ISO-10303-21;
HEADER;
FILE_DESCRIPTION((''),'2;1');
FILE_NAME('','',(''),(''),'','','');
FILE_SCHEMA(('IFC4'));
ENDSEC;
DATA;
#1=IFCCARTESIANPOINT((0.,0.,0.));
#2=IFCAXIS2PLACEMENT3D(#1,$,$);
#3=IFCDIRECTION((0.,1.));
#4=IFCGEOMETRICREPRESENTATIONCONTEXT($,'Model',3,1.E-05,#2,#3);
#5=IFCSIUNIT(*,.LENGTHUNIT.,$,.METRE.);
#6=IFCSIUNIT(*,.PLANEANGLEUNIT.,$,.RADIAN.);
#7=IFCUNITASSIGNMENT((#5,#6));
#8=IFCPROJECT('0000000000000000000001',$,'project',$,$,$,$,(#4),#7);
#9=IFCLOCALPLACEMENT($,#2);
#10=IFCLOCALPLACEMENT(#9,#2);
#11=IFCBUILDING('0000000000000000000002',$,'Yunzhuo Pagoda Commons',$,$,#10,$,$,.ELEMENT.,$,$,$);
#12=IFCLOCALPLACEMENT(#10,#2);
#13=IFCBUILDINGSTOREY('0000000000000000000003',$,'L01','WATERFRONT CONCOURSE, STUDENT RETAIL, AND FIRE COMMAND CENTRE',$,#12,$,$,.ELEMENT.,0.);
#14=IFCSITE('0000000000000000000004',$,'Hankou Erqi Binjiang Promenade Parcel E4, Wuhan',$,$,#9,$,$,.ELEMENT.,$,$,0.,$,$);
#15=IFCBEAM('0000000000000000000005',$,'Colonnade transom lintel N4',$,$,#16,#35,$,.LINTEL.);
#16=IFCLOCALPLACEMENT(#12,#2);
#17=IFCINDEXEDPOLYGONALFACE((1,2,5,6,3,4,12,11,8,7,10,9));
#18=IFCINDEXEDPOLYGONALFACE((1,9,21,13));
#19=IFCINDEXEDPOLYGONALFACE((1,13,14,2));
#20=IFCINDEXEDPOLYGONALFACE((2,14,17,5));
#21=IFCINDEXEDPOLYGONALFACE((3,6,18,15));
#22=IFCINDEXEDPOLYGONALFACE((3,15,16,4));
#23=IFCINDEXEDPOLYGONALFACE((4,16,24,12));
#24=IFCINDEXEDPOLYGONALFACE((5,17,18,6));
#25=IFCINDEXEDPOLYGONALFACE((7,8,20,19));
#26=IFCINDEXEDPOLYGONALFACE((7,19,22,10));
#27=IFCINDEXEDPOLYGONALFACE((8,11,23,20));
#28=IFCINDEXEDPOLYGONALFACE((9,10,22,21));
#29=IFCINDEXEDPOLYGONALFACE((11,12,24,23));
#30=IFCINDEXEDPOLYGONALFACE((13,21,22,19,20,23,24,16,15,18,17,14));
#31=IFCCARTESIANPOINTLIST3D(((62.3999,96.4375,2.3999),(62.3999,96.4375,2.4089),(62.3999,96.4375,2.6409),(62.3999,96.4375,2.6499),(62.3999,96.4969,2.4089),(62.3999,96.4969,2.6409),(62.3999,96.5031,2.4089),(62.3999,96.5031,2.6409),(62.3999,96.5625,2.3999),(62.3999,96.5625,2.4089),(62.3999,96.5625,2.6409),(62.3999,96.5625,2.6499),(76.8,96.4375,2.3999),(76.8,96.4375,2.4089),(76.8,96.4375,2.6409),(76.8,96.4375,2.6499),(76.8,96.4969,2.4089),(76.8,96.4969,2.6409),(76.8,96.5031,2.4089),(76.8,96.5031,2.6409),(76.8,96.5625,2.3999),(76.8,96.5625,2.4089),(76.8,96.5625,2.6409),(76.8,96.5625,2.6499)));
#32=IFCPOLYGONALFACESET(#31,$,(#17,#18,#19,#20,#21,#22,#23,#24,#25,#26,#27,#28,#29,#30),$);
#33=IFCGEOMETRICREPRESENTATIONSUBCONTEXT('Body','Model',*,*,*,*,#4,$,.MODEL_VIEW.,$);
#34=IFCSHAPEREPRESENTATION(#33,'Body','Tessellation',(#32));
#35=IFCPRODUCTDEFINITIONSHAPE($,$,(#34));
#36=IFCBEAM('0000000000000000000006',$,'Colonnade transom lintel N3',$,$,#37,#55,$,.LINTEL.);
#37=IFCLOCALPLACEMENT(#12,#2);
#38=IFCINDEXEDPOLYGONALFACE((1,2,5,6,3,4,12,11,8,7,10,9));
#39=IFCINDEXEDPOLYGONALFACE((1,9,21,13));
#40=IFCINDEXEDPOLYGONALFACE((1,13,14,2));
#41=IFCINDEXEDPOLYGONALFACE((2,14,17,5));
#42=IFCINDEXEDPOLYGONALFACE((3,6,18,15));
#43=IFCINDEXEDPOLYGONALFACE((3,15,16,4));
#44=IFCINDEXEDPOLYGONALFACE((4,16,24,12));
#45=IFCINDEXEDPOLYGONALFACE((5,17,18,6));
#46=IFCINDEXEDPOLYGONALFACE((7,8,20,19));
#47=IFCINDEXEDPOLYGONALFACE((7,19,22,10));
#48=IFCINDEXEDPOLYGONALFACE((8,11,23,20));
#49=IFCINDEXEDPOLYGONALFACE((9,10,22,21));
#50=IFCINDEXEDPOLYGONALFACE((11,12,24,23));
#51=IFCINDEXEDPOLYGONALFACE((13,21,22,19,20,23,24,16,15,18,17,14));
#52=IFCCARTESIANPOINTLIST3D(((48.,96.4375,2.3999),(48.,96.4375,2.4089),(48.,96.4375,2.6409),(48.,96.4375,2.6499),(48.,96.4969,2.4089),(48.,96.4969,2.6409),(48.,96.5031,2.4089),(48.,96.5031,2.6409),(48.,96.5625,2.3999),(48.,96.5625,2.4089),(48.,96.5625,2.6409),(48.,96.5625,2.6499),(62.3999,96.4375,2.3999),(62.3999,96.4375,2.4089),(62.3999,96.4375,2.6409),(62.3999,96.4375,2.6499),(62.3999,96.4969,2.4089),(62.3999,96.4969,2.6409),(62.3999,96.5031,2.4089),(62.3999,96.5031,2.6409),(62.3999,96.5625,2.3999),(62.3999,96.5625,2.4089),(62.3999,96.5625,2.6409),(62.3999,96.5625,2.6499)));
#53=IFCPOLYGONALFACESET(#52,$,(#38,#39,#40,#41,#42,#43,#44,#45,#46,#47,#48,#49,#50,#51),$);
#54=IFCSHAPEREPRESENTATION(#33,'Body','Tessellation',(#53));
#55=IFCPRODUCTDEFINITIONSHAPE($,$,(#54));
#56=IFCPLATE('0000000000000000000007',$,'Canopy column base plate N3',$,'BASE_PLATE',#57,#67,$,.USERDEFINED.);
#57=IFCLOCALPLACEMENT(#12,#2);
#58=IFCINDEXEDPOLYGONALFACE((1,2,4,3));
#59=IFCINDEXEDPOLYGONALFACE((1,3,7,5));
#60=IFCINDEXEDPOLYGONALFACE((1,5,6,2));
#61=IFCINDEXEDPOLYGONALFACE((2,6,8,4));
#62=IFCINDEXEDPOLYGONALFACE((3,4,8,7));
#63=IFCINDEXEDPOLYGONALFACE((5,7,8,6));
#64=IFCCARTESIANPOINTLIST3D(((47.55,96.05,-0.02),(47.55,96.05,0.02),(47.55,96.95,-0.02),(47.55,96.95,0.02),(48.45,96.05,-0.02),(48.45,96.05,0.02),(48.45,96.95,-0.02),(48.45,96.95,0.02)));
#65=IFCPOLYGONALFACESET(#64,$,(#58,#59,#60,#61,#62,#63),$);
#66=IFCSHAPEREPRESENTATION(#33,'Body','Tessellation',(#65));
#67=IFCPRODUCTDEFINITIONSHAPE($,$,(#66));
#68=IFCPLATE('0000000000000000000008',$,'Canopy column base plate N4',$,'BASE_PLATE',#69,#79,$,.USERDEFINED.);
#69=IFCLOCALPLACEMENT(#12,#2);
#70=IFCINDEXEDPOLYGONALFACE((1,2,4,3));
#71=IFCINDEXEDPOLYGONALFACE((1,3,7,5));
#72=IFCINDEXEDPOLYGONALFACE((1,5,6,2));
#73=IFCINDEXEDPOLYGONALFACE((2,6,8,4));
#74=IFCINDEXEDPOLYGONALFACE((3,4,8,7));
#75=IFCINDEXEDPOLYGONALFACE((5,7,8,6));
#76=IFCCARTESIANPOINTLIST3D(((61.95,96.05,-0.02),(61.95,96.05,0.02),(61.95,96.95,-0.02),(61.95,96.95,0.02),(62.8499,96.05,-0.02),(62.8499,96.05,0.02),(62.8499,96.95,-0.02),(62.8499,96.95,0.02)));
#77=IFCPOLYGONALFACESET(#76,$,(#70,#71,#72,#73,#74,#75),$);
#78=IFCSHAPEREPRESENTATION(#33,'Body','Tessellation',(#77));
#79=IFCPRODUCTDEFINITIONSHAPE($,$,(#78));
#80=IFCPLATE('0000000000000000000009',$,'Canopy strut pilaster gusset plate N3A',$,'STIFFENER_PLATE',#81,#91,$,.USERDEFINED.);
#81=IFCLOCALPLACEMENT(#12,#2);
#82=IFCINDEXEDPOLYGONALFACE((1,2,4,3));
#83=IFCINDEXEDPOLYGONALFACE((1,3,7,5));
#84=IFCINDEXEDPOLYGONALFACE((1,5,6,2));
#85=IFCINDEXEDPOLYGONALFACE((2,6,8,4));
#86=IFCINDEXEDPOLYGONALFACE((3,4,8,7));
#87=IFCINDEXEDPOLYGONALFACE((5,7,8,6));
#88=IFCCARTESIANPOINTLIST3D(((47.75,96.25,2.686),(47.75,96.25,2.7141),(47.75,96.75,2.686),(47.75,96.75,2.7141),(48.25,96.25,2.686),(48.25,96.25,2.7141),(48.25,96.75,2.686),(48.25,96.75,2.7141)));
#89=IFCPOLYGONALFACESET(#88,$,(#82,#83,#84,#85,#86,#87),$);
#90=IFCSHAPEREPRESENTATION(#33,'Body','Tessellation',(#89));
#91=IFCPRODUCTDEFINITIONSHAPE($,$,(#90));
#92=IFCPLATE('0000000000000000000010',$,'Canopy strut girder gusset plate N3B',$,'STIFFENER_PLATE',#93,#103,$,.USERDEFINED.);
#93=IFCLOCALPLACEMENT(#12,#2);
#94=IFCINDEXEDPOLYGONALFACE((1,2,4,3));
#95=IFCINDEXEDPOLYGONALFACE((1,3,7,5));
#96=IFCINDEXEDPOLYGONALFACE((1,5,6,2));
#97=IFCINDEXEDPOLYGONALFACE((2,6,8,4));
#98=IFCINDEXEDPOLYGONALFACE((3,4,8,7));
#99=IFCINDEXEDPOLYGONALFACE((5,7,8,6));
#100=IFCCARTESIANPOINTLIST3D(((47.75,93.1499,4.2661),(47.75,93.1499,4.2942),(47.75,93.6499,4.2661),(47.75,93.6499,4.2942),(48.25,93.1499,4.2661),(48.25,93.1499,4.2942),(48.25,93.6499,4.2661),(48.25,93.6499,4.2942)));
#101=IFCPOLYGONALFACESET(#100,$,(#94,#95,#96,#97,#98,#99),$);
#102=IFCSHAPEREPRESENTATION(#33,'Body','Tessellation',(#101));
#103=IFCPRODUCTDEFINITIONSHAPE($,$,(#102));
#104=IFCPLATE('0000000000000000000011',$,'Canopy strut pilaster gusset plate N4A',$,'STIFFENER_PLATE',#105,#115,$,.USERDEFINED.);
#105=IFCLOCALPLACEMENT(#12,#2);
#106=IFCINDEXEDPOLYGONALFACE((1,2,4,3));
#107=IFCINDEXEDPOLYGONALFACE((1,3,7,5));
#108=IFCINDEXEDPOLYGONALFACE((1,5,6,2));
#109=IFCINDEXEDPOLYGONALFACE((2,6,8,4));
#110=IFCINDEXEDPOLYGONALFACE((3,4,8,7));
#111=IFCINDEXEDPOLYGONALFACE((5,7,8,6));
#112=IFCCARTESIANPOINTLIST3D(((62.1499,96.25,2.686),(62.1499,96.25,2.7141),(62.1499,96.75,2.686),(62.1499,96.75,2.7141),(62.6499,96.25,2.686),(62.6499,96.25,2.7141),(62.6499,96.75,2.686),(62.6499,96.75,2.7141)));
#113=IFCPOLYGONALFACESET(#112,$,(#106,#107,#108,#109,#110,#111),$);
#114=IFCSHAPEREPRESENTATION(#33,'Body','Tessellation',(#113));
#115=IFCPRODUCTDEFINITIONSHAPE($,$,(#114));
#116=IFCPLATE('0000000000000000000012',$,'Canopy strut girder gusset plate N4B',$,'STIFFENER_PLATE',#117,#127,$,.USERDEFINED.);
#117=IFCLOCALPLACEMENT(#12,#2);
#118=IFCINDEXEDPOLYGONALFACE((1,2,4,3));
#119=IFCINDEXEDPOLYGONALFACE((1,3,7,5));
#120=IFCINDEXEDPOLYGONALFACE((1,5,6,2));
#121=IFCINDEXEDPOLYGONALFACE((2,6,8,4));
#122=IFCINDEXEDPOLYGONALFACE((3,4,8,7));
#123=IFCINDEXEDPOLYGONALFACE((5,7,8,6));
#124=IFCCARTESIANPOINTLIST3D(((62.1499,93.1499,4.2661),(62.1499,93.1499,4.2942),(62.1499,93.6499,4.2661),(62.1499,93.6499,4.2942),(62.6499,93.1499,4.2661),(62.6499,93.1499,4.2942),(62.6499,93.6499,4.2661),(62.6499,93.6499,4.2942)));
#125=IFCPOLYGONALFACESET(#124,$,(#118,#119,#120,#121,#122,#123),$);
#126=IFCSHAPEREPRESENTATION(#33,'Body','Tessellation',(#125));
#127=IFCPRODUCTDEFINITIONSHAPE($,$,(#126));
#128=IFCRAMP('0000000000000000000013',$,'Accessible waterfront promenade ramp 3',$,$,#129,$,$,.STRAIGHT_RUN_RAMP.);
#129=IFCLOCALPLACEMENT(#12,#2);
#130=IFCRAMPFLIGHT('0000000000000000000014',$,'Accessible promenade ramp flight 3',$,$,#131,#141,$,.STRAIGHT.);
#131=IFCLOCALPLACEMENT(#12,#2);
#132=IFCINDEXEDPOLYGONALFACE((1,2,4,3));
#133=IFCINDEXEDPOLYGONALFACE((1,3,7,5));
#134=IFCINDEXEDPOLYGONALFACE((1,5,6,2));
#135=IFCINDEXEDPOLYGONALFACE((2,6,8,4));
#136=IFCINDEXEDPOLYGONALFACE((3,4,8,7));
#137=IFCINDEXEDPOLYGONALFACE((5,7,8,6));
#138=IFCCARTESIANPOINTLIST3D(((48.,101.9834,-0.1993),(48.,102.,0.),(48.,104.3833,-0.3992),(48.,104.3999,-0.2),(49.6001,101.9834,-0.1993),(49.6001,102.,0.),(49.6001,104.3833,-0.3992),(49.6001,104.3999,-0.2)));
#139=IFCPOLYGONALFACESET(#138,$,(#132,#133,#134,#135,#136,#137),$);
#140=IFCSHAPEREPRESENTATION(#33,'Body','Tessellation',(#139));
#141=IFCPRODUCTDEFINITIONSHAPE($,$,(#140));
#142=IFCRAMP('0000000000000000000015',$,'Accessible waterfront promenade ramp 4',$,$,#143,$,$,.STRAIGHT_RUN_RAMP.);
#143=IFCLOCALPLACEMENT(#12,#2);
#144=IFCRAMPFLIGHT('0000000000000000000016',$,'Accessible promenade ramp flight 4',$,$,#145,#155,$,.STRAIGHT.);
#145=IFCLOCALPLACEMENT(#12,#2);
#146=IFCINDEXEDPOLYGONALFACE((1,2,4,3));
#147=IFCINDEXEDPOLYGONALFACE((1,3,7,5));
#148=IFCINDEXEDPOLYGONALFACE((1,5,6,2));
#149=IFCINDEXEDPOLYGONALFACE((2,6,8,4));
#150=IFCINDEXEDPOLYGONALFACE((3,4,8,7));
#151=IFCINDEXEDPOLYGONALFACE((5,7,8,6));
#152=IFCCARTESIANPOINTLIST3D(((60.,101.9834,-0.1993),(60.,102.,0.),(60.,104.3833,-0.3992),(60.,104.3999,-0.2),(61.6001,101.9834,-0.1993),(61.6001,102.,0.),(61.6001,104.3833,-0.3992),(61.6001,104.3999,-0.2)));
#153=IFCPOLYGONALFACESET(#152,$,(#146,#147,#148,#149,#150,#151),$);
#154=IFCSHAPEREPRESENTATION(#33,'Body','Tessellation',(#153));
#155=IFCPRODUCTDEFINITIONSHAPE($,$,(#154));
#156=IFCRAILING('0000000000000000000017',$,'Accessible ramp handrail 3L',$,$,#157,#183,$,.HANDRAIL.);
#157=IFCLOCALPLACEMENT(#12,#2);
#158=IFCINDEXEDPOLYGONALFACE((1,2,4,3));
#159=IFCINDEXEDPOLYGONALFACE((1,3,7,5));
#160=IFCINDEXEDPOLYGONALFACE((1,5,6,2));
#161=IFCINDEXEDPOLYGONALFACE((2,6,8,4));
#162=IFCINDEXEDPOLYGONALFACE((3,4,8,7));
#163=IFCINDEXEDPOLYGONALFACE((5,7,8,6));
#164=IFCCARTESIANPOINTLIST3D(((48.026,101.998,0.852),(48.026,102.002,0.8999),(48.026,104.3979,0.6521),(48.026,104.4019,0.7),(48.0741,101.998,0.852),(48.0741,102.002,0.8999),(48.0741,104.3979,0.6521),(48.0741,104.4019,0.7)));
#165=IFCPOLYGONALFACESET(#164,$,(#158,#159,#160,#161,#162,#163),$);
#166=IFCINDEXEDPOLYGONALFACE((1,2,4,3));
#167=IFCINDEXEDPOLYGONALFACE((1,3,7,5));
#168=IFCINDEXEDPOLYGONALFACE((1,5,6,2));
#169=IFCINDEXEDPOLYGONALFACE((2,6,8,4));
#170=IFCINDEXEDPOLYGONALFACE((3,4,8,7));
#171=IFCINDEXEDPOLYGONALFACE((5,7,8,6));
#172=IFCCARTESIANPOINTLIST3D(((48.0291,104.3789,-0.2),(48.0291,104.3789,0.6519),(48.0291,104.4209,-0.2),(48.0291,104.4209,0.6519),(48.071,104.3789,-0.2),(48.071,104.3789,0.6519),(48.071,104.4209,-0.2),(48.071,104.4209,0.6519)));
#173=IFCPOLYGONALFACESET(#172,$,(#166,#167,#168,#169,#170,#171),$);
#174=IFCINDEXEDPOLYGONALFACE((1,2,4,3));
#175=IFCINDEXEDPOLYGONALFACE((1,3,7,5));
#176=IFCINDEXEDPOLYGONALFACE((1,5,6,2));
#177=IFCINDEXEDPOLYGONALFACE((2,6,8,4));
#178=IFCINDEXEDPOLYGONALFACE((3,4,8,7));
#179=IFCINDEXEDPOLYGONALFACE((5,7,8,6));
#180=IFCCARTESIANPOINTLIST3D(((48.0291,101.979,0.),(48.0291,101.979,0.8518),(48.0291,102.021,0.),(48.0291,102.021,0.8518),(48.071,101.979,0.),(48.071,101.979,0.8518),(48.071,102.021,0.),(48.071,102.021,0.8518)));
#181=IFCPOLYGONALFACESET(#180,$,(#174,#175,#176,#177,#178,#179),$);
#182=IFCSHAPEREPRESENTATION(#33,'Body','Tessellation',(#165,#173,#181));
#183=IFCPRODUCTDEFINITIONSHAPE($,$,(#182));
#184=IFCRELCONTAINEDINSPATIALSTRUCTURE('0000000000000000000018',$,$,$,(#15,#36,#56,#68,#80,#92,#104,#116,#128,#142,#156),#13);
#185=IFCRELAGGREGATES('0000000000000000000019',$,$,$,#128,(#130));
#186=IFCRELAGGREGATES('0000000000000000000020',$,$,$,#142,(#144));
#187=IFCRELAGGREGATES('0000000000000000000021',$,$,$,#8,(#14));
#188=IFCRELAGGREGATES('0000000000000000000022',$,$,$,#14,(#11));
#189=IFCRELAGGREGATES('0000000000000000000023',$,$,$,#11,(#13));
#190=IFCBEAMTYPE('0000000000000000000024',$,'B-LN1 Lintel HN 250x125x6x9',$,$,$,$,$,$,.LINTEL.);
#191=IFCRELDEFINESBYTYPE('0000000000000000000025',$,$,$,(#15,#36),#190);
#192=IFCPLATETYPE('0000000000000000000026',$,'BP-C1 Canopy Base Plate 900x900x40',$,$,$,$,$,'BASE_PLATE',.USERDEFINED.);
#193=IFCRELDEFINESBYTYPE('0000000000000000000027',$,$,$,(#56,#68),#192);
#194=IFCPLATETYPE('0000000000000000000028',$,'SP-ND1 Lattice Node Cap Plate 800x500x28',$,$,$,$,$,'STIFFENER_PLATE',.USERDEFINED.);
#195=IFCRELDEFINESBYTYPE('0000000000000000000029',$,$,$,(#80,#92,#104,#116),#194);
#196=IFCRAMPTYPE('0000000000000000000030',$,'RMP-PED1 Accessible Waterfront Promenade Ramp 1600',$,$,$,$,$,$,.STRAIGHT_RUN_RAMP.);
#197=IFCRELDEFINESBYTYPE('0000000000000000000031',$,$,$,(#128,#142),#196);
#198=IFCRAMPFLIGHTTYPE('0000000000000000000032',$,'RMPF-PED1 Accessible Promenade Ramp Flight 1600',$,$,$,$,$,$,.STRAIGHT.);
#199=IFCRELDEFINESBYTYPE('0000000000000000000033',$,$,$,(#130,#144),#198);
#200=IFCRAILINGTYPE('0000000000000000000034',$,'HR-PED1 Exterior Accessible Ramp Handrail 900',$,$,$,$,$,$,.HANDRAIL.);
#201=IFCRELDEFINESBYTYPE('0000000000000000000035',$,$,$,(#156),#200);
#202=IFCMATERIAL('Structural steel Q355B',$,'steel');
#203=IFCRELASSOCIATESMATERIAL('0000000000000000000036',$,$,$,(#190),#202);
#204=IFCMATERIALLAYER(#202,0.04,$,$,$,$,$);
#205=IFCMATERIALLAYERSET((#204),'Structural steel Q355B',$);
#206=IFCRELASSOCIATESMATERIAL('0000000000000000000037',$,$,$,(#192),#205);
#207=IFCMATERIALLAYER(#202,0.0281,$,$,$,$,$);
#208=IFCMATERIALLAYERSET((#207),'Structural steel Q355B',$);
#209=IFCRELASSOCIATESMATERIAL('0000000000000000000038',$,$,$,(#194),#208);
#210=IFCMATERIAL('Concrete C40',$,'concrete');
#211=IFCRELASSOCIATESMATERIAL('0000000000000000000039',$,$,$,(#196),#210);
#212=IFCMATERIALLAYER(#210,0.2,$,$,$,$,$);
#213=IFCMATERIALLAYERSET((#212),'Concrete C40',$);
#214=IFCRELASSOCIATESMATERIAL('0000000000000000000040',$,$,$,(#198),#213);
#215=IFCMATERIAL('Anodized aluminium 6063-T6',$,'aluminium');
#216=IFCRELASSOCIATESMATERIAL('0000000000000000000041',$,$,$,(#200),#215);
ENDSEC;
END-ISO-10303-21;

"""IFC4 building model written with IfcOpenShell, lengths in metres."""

from ifc_helpers import new_model, si_unit, direction, frame, origin, origin_2d, place, context, subcontext, project, spatial, polyline, rectangle, i_section, outline, extrude, source, transform, mapped, material, layer, layer_set, material_profile, profile_set, type_object, element, aggregate, save


model = new_model("IFC4")

# Units and contexts
model_context = context("Model", 3, precision=1e-05, world=origin(), true_north=direction((0.0, 1.0)))
body_context = subcontext(model_context, "Body", "Model", "MODEL_VIEW")
ifc_project = project(units=[si_unit("LENGTHUNIT", "METRE"), si_unit("PLANEANGLEUNIT", "RADIAN")], contexts=[model_context])

# Site, building, storey
site_placement = place(None, origin())
site = spatial("IfcSite", under=ifc_project, at=site_placement, Name="Hankou Erqi Binjiang Promenade Parcel E4, Wuhan", CompositionType="ELEMENT", RefElevation=0.0)
building_placement = place(site_placement, origin())
building = spatial("IfcBuilding", under=site, at=building_placement, Name="Yunzhuo Pagoda Commons", CompositionType="ELEMENT")
storey_placement = place(building_placement, origin())
storey = spatial("IfcBuildingStorey", under=building, at=storey_placement, Name="L01", Description="WATERFRONT CONCOURSE, STUDENT RETAIL, AND FIRE COMMAND CENTRE", CompositionType="ELEMENT", Elevation=0.0)

# Shared definitions
ifc_material_1 = material(Name="Structural steel Q355B", Category="steel")

# Beams
ifc_material_profile_1 = material_profile(ifc_material_1, i_section(OverallWidth=0.125, OverallDepth=0.25, WebThickness=0.0061, FlangeThickness=0.009, at=origin_2d()), Name="Structural steel Q355B")
ifc_profile_set_1 = profile_set([ifc_material_profile_1], Name="Structural steel Q355B")
beam_type_1 = type_object("IfcBeamType", Name="B-LN1 Lintel HN 250x125x6x9", PredefinedType="LINTEL", material=ifc_profile_set_1)
shared_shape_1 = source(origin(), body_context, "Body", "SweptSolid", [
    extrude(i_section(OverallWidth=0.125, OverallDepth=0.25, WebThickness=0.0061, FlangeThickness=0.009, at=origin_2d()), origin(), (0.0, 0.0, 1.0), 14.4001),
])
beam_1_placement = place(storey_placement, frame((62.3999, 96.5, 2.5249), z_axis=(1.0, 0.0, 0.0), x_axis=(0.0, 1.0, 0.0)))
element("IfcBeam", 1, at=beam_1_placement, inside=storey, type_object=beam_type_1, Name="Colonnade transom lintel N4", PredefinedType="LINTEL", context=body_context, shape_type="MappedRepresentation", body=[
    mapped(shared_shape_1, transform((0.0, 0.0, 0.0), scale=1.0)),
])
shared_shape_2 = source(origin(), body_context, "Body", "SweptSolid", [
    extrude(i_section(OverallWidth=0.125, OverallDepth=0.25, WebThickness=0.0061, FlangeThickness=0.009, at=origin_2d()), origin(), (0.0, 0.0, 1.0), 14.3999),
])
beam_2_placement = place(storey_placement, frame((48.0, 96.5, 2.5249), z_axis=(1.0, 0.0, 0.0), x_axis=(0.0, 1.0, 0.0)))
element("IfcBeam", 2, at=beam_2_placement, inside=storey, type_object=beam_type_1, Name="Colonnade transom lintel N3", PredefinedType="LINTEL", context=body_context, shape_type="MappedRepresentation", body=[
    mapped(shared_shape_2, transform((0.0, 0.0, 0.0), scale=1.0)),
])

# Plates
ifc_layer_1 = layer(ifc_material_1, 0.04)
ifc_layer_set_1 = layer_set([ifc_layer_1], Name="Structural steel Q355B")
plate_type_1 = type_object("IfcPlateType", Name="BP-C1 Canopy Base Plate 900x900x40", ElementType="BASE_PLATE", PredefinedType="USERDEFINED", material=ifc_layer_set_1)
shared_shape_3 = source(origin(), body_context, "Body", "SweptSolid", [
    extrude(rectangle(XDim=0.8999, YDim=0.8999, at=origin_2d()), origin(), (0.0, 0.0, 1.0), 0.04),
])
for number, where, z_axis, x_axis, name in (
    (3, (48.0, 96.5, -0.02), (0.0, 0.0, 1.0), (1.0, 0.0, 0.0), "Canopy column base plate N3"),
    (4, (62.3999, 96.5, -0.02), (0.0, 0.0, 1.0), (1.0, 0.0, 0.0), "Canopy column base plate N4"),
):
    element("IfcPlate", number, at=place(storey_placement, frame(where, z_axis=z_axis, x_axis=x_axis)), inside=storey, type_object=plate_type_1, Name=name, ObjectType="BASE_PLATE", PredefinedType="USERDEFINED", context=body_context, shape_type="MappedRepresentation", body=[
        mapped(shared_shape_3, transform((0.0, 0.0, 0.0), scale=1.0)),
    ])
ifc_layer_2 = layer(ifc_material_1, 0.0281)
ifc_layer_set_2 = layer_set([ifc_layer_2], Name="Structural steel Q355B")
plate_type_2 = type_object("IfcPlateType", Name="SP-ND1 Lattice Node Cap Plate 800x500x28", ElementType="STIFFENER_PLATE", PredefinedType="USERDEFINED", material=ifc_layer_set_2)
shared_shape_4 = source(origin(), body_context, "Body", "SweptSolid", [
    extrude(rectangle(XDim=0.5, YDim=0.5, at=origin_2d()), origin(), (0.0, 0.0, 1.0), 0.0281),
])
for number, where, z_axis, x_axis, name in (
    (5, (48.0, 96.5, 2.686), (0.0, 0.0, 1.0), (1.0, 0.0, 0.0), "Canopy strut pilaster gusset plate N3A"),
    (6, (48.0, 93.3999, 4.2661), (0.0, 0.0, 1.0), (1.0, 0.0, 0.0), "Canopy strut girder gusset plate N3B"),
    (7, (62.3999, 96.5, 2.686), (0.0, 0.0, 1.0), (1.0, 0.0, 0.0), "Canopy strut pilaster gusset plate N4A"),
    (8, (62.3999, 93.3999, 4.2661), (0.0, 0.0, 1.0), (1.0, 0.0, 0.0), "Canopy strut girder gusset plate N4B"),
):
    element("IfcPlate", number, at=place(storey_placement, frame(where, z_axis=z_axis, x_axis=x_axis)), inside=storey, type_object=plate_type_2, Name=name, ObjectType="STIFFENER_PLATE", PredefinedType="USERDEFINED", context=body_context, shape_type="MappedRepresentation", body=[
        mapped(shared_shape_4, transform((0.0, 0.0, 0.0), scale=1.0)),
    ])

# Ramps, ramp flights
ifc_material_2 = material(Name="Concrete C40", Category="concrete")
ramp_type = type_object("IfcRampType", Name="RMP-PED1 Accessible Waterfront Promenade Ramp 1600", PredefinedType="STRAIGHT_RUN_RAMP", material=ifc_material_2)
ramp_1_placement = place(storey_placement, origin())
ramp_1 = element("IfcRamp", 9, at=ramp_1_placement, inside=storey, type_object=ramp_type, Name="Accessible waterfront promenade ramp 3", PredefinedType="STRAIGHT_RUN_RAMP")
ifc_layer_3 = layer(ifc_material_2, 0.2)
ifc_layer_set_3 = layer_set([ifc_layer_3], Name="Concrete C40")
ramp_flight_type = type_object("IfcRampFlightType", Name="RMPF-PED1 Accessible Promenade Ramp Flight 1600", PredefinedType="STRAIGHT", material=ifc_layer_set_3)
ramp_flight_1_placement = place(storey_placement, frame((48.0, 104.3999, -0.2), z_axis=(0.0, 0.083029, 0.996547), x_axis=(1.0, 0.0, 0.0)))
ramp_flight_1 = element("IfcRampFlight", 10, at=ramp_flight_1_placement, type_object=ramp_flight_type, Name="Accessible promenade ramp flight 3", PredefinedType="STRAIGHT", context=body_context, shape_type="SweptSolid", body=[
    extrude(outline(polyline([(0.0, 0.0), (1.6001, 0.0), (1.6001, -2.4082), (0.0, -2.4082), (0.0, 0.0)])), origin(), (0.0, 0.0, -1.0), 0.2),
])
aggregate(ramp_1, [ramp_flight_1])
ramp_2_placement = place(storey_placement, origin())
ramp_2 = element("IfcRamp", 11, at=ramp_2_placement, inside=storey, type_object=ramp_type, Name="Accessible waterfront promenade ramp 4", PredefinedType="STRAIGHT_RUN_RAMP")
ramp_flight_2_placement = place(storey_placement, frame((60.0, 104.3999, -0.2), z_axis=(0.0, 0.083029, 0.996547), x_axis=(1.0, 0.0, 0.0)))
ramp_flight_2 = element("IfcRampFlight", 12, at=ramp_flight_2_placement, type_object=ramp_flight_type, Name="Accessible promenade ramp flight 4", PredefinedType="STRAIGHT", context=body_context, shape_type="SweptSolid", body=[
    extrude(outline(polyline([(0.0, 0.0), (1.6001, 0.0), (1.6001, -2.4082), (0.0, -2.4082), (0.0, 0.0)])), origin(), (0.0, 0.0, -1.0), 0.2),
])
aggregate(ramp_2, [ramp_flight_2])

# Railing
ifc_material_3 = material(Name="Anodized aluminium 6063-T6", Category="aluminium")
railing_type = type_object("IfcRailingType", Name="HR-PED1 Exterior Accessible Ramp Handrail 900", PredefinedType="HANDRAIL", material=ifc_material_3)
for number, where, name in (
    (13, (48.05, 104.3999, -0.2), "Accessible ramp handrail 3L"),
):
    element("IfcRailing", number, at=place(storey_placement, frame(where)), inside=storey, type_object=railing_type, Name=name, PredefinedType="HANDRAIL", context=body_context, shape_type="SweptSolid", body=[
        extrude(rectangle(XDim=0.0481, YDim=0.0481, at=origin_2d()), frame((0.0, 0.0, 0.876), z_axis=(0.0, -0.996547, 0.083029), x_axis=(1.0, 0.0, 0.0)), (0.0, 0.0, 1.0), 2.4082),
        extrude(rectangle(XDim=0.042, YDim=0.042, at=origin_2d()), origin(), (0.0, 0.0, 1.0), 0.8518),
        extrude(rectangle(XDim=0.042, YDim=0.042, at=origin_2d()), frame((0.0, -2.3999, 0.2)), (0.0, 0.0, 1.0), 0.8518),
    ])

save(model, "model.ifc")
